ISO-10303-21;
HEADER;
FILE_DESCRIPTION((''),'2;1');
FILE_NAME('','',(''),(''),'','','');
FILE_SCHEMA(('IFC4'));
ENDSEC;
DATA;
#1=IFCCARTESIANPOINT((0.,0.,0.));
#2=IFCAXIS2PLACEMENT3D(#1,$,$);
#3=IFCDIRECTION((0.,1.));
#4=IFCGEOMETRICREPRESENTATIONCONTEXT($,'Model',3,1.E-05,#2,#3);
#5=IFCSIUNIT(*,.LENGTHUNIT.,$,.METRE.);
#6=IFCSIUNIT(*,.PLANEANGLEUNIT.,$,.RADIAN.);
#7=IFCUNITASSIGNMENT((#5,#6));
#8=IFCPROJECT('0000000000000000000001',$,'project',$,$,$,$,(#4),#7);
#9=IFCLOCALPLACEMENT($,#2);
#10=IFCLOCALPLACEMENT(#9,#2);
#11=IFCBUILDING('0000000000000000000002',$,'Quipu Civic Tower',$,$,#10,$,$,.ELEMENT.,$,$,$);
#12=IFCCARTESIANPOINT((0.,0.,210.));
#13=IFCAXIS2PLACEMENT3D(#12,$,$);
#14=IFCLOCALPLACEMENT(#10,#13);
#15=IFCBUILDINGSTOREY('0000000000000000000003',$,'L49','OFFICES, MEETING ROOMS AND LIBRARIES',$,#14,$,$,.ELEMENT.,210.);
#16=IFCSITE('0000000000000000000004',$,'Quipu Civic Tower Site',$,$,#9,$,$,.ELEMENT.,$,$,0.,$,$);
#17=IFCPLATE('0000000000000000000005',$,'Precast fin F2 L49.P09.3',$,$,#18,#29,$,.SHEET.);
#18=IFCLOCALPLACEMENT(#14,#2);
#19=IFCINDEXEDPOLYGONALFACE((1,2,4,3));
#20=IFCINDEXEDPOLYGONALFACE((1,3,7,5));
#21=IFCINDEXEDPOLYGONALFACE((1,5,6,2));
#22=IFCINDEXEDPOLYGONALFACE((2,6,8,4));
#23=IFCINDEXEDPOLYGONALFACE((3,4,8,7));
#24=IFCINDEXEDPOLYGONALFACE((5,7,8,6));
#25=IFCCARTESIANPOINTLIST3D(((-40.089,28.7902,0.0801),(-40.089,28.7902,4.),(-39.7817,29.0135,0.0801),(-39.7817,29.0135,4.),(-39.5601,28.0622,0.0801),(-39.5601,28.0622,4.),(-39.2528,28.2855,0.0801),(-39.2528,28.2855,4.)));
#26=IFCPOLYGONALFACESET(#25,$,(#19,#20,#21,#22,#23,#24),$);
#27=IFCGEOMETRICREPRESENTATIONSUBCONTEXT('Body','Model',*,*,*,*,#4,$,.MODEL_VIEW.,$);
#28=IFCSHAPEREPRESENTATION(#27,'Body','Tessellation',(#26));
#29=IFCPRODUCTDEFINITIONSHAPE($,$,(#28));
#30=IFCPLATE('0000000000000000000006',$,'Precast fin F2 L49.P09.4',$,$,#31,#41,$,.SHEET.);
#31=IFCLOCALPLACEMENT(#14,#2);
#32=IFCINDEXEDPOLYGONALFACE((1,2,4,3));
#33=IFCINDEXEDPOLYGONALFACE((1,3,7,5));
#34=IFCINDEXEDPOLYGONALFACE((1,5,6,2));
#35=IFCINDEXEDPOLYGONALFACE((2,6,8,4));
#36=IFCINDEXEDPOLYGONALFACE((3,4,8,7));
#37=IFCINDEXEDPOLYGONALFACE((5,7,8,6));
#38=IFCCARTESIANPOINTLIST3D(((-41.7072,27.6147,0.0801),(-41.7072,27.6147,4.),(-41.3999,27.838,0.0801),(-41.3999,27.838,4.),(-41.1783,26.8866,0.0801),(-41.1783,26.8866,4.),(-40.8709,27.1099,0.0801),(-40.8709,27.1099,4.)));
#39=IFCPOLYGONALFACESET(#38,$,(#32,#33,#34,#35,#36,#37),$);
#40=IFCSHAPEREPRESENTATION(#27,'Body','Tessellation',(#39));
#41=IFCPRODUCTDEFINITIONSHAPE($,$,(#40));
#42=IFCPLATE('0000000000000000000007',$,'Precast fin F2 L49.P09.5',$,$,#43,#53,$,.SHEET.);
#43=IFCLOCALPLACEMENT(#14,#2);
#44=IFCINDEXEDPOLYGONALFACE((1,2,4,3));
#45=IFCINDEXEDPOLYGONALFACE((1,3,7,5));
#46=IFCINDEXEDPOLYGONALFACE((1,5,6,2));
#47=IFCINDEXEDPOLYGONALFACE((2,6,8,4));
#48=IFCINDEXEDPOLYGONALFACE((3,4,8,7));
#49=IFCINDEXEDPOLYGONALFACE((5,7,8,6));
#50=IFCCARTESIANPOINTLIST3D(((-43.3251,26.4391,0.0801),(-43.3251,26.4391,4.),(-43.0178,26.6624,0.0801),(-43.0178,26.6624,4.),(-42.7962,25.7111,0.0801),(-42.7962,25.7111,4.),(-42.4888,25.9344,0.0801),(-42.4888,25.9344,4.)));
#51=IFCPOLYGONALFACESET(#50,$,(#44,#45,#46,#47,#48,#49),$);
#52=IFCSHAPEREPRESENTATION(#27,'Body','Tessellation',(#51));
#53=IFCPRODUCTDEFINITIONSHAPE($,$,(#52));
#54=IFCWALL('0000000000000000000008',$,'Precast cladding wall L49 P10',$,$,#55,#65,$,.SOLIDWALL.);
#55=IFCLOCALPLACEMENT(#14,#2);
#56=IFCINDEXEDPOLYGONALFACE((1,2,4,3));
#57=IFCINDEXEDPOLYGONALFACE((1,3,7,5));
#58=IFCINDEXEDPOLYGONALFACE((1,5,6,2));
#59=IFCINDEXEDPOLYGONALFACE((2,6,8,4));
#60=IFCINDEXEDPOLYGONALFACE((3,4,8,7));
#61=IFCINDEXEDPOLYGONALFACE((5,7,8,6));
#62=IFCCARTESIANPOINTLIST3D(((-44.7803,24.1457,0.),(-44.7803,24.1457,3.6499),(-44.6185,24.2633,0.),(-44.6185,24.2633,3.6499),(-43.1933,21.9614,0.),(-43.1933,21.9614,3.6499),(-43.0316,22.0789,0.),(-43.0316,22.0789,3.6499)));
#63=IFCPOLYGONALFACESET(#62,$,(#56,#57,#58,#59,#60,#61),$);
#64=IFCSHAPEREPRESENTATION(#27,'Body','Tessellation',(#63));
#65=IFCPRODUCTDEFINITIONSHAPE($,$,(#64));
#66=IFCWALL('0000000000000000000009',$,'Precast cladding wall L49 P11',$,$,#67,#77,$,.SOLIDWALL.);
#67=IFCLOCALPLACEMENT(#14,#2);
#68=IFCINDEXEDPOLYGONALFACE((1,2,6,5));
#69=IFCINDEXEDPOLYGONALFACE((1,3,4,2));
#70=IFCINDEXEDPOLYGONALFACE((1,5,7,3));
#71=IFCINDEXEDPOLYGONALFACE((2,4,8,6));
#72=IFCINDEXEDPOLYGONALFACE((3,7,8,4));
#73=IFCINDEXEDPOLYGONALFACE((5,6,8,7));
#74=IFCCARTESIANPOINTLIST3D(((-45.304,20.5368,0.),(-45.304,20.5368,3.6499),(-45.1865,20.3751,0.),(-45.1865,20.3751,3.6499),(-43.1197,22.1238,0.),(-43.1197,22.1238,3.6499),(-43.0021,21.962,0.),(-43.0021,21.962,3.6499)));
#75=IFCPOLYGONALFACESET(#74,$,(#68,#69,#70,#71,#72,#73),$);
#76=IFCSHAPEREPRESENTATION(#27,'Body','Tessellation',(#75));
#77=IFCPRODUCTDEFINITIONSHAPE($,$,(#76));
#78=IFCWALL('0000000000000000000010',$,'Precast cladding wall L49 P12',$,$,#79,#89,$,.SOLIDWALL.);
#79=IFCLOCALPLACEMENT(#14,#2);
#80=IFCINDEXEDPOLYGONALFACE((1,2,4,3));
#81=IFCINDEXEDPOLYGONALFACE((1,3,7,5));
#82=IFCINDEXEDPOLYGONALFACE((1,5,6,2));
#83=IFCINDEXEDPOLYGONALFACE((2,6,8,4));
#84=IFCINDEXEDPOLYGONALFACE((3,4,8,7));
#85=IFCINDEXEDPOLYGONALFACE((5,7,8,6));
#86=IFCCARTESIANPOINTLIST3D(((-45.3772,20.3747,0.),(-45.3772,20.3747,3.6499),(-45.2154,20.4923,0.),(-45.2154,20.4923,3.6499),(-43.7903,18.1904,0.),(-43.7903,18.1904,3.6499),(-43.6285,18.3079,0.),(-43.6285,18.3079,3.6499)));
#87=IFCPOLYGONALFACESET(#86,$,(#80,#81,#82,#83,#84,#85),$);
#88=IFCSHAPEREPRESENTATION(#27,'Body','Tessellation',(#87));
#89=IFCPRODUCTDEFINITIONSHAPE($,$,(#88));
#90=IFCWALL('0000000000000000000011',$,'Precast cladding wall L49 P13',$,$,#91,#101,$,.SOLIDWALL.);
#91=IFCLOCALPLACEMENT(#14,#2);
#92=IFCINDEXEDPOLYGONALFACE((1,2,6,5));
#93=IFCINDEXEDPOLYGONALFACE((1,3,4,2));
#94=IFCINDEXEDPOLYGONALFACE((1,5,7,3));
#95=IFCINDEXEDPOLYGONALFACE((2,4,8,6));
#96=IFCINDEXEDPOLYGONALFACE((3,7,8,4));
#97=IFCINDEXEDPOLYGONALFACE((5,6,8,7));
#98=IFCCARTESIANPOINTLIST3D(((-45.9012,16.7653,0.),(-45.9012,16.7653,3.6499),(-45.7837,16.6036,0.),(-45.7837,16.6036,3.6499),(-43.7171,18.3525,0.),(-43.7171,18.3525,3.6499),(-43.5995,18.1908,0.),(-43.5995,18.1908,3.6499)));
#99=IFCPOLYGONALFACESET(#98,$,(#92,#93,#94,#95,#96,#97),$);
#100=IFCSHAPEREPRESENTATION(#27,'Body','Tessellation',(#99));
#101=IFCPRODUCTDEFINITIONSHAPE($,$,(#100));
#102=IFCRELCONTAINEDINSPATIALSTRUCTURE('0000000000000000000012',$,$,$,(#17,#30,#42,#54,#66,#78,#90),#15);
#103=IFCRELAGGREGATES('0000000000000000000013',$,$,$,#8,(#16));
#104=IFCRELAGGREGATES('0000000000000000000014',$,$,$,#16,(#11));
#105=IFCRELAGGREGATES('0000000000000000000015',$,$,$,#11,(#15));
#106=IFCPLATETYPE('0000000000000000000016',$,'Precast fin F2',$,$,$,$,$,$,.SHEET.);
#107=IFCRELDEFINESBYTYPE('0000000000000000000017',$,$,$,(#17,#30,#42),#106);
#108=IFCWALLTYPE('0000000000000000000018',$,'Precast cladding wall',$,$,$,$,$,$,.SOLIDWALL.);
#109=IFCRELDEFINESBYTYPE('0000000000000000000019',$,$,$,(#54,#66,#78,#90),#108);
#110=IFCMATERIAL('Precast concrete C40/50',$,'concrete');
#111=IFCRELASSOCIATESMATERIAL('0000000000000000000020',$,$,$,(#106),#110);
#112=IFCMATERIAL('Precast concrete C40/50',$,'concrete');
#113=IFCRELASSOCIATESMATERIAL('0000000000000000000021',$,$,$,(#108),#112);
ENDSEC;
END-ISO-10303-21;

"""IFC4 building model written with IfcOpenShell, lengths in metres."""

from ifc_helpers import new_model, si_unit, direction, frame, frame_2d, origin, origin_2d, place, context, subcontext, project, spatial, rectangle, extrude, material, type_object, element, save


model = new_model("IFC4")

# Units and contexts
model_context = context("Model", 3, precision=1e-05, world=origin(), true_north=direction((0.0, 1.0)))
body_context = subcontext(model_context, "Body", "Model", "MODEL_VIEW")
ifc_project = project(units=[si_unit("LENGTHUNIT", "METRE"), si_unit("PLANEANGLEUNIT", "RADIAN")], contexts=[model_context])

# Site, building, storey
site_placement = place(None, origin())
site = spatial("IfcSite", under=ifc_project, at=site_placement, Name="Quipu Civic Tower Site", CompositionType="ELEMENT", RefElevation=0.0)
building_placement = place(site_placement, origin())
building = spatial("IfcBuilding", under=site, at=building_placement, Name="Quipu Civic Tower", CompositionType="ELEMENT")
storey_placement = place(building_placement, frame((0.0, 0.0, 210.0)))
storey = spatial("IfcBuildingStorey", under=building, at=storey_placement, Name="L49", Description="OFFICES, MEETING ROOMS AND LIBRARIES", CompositionType="ELEMENT", Elevation=210.0)

# Plates
ifc_material_1 = material(Name="Precast concrete C40/50", Category="concrete")
plate_type_1 = type_object("IfcPlateType", Name="Precast fin F2", PredefinedType="SHEET", material=ifc_material_1)
for number, where, z_axis, x_axis, name in (
    (1, (-39.6709, 28.5378, 0.0801), (0.0, 0.0, 1.0), (-0.809017, -0.587785, 0.0), "Precast fin F2 L49.P09.3"),
    (2, (-41.2891, 27.3623, 0.0801), (0.0, 0.0, 1.0), (-0.809017, -0.587785, 0.0), "Precast fin F2 L49.P09.4"),
    (3, (-42.907, 26.1868, 0.0801), (0.0, 0.0, 1.0), (-0.809017, -0.587785, 0.0), "Precast fin F2 L49.P09.5"),
):
    element("IfcPlate", number, at=place(storey_placement, frame(where, z_axis=z_axis, x_axis=x_axis)), inside=storey, type_object=plate_type_1, Name=name, PredefinedType="SHEET", context=body_context, shape_type="SweptSolid", body=[
        extrude(rectangle(XDim=0.3799, YDim=0.8999, at=origin_2d()), origin(), (0.0, 0.0, 1.0), 3.9199),
    ])

# Walls
ifc_material_2 = material(Name="Precast concrete C40/50", Category="concrete")
wall_type = type_object("IfcWallType", Name="Precast cladding wall", PredefinedType="SOLIDWALL", material=ifc_material_2)
for number, where, z_axis, x_axis, name in (
    (4, (-44.6995, 24.2046, 0.0), (0.0, 0.0, 1.0), (0.587763, -0.809033, 0.0), "Precast cladding wall L49 P10"),
    (5, (-43.0608, 22.043, 0.0), (0.0, 0.0, 1.0), (-0.809033, -0.587763, 0.0), "Precast cladding wall L49 P11"),
    (6, (-45.2964, 20.4336, 0.0), (0.0, 0.0, 1.0), (0.587763, -0.809033, 0.0), "Precast cladding wall L49 P12"),
    (7, (-43.6582, 18.2717, 0.0), (0.0, 0.0, 1.0), (-0.808959, -0.587865, 0.0), "Precast cladding wall L49 P13"),
):
    element("IfcWall", number, at=place(storey_placement, frame(where, z_axis=z_axis, x_axis=x_axis)), inside=storey, type_object=wall_type, Name=name, PredefinedType="SOLIDWALL", context=body_context, shape_type="SweptSolid", body=[
        extrude(rectangle(XDim=2.7, YDim=0.2, at=frame_2d((1.3501, 0.0))), origin(), (0.0, 0.0, 1.0), 3.6499),
    ])

save(model, "model.ifc")
